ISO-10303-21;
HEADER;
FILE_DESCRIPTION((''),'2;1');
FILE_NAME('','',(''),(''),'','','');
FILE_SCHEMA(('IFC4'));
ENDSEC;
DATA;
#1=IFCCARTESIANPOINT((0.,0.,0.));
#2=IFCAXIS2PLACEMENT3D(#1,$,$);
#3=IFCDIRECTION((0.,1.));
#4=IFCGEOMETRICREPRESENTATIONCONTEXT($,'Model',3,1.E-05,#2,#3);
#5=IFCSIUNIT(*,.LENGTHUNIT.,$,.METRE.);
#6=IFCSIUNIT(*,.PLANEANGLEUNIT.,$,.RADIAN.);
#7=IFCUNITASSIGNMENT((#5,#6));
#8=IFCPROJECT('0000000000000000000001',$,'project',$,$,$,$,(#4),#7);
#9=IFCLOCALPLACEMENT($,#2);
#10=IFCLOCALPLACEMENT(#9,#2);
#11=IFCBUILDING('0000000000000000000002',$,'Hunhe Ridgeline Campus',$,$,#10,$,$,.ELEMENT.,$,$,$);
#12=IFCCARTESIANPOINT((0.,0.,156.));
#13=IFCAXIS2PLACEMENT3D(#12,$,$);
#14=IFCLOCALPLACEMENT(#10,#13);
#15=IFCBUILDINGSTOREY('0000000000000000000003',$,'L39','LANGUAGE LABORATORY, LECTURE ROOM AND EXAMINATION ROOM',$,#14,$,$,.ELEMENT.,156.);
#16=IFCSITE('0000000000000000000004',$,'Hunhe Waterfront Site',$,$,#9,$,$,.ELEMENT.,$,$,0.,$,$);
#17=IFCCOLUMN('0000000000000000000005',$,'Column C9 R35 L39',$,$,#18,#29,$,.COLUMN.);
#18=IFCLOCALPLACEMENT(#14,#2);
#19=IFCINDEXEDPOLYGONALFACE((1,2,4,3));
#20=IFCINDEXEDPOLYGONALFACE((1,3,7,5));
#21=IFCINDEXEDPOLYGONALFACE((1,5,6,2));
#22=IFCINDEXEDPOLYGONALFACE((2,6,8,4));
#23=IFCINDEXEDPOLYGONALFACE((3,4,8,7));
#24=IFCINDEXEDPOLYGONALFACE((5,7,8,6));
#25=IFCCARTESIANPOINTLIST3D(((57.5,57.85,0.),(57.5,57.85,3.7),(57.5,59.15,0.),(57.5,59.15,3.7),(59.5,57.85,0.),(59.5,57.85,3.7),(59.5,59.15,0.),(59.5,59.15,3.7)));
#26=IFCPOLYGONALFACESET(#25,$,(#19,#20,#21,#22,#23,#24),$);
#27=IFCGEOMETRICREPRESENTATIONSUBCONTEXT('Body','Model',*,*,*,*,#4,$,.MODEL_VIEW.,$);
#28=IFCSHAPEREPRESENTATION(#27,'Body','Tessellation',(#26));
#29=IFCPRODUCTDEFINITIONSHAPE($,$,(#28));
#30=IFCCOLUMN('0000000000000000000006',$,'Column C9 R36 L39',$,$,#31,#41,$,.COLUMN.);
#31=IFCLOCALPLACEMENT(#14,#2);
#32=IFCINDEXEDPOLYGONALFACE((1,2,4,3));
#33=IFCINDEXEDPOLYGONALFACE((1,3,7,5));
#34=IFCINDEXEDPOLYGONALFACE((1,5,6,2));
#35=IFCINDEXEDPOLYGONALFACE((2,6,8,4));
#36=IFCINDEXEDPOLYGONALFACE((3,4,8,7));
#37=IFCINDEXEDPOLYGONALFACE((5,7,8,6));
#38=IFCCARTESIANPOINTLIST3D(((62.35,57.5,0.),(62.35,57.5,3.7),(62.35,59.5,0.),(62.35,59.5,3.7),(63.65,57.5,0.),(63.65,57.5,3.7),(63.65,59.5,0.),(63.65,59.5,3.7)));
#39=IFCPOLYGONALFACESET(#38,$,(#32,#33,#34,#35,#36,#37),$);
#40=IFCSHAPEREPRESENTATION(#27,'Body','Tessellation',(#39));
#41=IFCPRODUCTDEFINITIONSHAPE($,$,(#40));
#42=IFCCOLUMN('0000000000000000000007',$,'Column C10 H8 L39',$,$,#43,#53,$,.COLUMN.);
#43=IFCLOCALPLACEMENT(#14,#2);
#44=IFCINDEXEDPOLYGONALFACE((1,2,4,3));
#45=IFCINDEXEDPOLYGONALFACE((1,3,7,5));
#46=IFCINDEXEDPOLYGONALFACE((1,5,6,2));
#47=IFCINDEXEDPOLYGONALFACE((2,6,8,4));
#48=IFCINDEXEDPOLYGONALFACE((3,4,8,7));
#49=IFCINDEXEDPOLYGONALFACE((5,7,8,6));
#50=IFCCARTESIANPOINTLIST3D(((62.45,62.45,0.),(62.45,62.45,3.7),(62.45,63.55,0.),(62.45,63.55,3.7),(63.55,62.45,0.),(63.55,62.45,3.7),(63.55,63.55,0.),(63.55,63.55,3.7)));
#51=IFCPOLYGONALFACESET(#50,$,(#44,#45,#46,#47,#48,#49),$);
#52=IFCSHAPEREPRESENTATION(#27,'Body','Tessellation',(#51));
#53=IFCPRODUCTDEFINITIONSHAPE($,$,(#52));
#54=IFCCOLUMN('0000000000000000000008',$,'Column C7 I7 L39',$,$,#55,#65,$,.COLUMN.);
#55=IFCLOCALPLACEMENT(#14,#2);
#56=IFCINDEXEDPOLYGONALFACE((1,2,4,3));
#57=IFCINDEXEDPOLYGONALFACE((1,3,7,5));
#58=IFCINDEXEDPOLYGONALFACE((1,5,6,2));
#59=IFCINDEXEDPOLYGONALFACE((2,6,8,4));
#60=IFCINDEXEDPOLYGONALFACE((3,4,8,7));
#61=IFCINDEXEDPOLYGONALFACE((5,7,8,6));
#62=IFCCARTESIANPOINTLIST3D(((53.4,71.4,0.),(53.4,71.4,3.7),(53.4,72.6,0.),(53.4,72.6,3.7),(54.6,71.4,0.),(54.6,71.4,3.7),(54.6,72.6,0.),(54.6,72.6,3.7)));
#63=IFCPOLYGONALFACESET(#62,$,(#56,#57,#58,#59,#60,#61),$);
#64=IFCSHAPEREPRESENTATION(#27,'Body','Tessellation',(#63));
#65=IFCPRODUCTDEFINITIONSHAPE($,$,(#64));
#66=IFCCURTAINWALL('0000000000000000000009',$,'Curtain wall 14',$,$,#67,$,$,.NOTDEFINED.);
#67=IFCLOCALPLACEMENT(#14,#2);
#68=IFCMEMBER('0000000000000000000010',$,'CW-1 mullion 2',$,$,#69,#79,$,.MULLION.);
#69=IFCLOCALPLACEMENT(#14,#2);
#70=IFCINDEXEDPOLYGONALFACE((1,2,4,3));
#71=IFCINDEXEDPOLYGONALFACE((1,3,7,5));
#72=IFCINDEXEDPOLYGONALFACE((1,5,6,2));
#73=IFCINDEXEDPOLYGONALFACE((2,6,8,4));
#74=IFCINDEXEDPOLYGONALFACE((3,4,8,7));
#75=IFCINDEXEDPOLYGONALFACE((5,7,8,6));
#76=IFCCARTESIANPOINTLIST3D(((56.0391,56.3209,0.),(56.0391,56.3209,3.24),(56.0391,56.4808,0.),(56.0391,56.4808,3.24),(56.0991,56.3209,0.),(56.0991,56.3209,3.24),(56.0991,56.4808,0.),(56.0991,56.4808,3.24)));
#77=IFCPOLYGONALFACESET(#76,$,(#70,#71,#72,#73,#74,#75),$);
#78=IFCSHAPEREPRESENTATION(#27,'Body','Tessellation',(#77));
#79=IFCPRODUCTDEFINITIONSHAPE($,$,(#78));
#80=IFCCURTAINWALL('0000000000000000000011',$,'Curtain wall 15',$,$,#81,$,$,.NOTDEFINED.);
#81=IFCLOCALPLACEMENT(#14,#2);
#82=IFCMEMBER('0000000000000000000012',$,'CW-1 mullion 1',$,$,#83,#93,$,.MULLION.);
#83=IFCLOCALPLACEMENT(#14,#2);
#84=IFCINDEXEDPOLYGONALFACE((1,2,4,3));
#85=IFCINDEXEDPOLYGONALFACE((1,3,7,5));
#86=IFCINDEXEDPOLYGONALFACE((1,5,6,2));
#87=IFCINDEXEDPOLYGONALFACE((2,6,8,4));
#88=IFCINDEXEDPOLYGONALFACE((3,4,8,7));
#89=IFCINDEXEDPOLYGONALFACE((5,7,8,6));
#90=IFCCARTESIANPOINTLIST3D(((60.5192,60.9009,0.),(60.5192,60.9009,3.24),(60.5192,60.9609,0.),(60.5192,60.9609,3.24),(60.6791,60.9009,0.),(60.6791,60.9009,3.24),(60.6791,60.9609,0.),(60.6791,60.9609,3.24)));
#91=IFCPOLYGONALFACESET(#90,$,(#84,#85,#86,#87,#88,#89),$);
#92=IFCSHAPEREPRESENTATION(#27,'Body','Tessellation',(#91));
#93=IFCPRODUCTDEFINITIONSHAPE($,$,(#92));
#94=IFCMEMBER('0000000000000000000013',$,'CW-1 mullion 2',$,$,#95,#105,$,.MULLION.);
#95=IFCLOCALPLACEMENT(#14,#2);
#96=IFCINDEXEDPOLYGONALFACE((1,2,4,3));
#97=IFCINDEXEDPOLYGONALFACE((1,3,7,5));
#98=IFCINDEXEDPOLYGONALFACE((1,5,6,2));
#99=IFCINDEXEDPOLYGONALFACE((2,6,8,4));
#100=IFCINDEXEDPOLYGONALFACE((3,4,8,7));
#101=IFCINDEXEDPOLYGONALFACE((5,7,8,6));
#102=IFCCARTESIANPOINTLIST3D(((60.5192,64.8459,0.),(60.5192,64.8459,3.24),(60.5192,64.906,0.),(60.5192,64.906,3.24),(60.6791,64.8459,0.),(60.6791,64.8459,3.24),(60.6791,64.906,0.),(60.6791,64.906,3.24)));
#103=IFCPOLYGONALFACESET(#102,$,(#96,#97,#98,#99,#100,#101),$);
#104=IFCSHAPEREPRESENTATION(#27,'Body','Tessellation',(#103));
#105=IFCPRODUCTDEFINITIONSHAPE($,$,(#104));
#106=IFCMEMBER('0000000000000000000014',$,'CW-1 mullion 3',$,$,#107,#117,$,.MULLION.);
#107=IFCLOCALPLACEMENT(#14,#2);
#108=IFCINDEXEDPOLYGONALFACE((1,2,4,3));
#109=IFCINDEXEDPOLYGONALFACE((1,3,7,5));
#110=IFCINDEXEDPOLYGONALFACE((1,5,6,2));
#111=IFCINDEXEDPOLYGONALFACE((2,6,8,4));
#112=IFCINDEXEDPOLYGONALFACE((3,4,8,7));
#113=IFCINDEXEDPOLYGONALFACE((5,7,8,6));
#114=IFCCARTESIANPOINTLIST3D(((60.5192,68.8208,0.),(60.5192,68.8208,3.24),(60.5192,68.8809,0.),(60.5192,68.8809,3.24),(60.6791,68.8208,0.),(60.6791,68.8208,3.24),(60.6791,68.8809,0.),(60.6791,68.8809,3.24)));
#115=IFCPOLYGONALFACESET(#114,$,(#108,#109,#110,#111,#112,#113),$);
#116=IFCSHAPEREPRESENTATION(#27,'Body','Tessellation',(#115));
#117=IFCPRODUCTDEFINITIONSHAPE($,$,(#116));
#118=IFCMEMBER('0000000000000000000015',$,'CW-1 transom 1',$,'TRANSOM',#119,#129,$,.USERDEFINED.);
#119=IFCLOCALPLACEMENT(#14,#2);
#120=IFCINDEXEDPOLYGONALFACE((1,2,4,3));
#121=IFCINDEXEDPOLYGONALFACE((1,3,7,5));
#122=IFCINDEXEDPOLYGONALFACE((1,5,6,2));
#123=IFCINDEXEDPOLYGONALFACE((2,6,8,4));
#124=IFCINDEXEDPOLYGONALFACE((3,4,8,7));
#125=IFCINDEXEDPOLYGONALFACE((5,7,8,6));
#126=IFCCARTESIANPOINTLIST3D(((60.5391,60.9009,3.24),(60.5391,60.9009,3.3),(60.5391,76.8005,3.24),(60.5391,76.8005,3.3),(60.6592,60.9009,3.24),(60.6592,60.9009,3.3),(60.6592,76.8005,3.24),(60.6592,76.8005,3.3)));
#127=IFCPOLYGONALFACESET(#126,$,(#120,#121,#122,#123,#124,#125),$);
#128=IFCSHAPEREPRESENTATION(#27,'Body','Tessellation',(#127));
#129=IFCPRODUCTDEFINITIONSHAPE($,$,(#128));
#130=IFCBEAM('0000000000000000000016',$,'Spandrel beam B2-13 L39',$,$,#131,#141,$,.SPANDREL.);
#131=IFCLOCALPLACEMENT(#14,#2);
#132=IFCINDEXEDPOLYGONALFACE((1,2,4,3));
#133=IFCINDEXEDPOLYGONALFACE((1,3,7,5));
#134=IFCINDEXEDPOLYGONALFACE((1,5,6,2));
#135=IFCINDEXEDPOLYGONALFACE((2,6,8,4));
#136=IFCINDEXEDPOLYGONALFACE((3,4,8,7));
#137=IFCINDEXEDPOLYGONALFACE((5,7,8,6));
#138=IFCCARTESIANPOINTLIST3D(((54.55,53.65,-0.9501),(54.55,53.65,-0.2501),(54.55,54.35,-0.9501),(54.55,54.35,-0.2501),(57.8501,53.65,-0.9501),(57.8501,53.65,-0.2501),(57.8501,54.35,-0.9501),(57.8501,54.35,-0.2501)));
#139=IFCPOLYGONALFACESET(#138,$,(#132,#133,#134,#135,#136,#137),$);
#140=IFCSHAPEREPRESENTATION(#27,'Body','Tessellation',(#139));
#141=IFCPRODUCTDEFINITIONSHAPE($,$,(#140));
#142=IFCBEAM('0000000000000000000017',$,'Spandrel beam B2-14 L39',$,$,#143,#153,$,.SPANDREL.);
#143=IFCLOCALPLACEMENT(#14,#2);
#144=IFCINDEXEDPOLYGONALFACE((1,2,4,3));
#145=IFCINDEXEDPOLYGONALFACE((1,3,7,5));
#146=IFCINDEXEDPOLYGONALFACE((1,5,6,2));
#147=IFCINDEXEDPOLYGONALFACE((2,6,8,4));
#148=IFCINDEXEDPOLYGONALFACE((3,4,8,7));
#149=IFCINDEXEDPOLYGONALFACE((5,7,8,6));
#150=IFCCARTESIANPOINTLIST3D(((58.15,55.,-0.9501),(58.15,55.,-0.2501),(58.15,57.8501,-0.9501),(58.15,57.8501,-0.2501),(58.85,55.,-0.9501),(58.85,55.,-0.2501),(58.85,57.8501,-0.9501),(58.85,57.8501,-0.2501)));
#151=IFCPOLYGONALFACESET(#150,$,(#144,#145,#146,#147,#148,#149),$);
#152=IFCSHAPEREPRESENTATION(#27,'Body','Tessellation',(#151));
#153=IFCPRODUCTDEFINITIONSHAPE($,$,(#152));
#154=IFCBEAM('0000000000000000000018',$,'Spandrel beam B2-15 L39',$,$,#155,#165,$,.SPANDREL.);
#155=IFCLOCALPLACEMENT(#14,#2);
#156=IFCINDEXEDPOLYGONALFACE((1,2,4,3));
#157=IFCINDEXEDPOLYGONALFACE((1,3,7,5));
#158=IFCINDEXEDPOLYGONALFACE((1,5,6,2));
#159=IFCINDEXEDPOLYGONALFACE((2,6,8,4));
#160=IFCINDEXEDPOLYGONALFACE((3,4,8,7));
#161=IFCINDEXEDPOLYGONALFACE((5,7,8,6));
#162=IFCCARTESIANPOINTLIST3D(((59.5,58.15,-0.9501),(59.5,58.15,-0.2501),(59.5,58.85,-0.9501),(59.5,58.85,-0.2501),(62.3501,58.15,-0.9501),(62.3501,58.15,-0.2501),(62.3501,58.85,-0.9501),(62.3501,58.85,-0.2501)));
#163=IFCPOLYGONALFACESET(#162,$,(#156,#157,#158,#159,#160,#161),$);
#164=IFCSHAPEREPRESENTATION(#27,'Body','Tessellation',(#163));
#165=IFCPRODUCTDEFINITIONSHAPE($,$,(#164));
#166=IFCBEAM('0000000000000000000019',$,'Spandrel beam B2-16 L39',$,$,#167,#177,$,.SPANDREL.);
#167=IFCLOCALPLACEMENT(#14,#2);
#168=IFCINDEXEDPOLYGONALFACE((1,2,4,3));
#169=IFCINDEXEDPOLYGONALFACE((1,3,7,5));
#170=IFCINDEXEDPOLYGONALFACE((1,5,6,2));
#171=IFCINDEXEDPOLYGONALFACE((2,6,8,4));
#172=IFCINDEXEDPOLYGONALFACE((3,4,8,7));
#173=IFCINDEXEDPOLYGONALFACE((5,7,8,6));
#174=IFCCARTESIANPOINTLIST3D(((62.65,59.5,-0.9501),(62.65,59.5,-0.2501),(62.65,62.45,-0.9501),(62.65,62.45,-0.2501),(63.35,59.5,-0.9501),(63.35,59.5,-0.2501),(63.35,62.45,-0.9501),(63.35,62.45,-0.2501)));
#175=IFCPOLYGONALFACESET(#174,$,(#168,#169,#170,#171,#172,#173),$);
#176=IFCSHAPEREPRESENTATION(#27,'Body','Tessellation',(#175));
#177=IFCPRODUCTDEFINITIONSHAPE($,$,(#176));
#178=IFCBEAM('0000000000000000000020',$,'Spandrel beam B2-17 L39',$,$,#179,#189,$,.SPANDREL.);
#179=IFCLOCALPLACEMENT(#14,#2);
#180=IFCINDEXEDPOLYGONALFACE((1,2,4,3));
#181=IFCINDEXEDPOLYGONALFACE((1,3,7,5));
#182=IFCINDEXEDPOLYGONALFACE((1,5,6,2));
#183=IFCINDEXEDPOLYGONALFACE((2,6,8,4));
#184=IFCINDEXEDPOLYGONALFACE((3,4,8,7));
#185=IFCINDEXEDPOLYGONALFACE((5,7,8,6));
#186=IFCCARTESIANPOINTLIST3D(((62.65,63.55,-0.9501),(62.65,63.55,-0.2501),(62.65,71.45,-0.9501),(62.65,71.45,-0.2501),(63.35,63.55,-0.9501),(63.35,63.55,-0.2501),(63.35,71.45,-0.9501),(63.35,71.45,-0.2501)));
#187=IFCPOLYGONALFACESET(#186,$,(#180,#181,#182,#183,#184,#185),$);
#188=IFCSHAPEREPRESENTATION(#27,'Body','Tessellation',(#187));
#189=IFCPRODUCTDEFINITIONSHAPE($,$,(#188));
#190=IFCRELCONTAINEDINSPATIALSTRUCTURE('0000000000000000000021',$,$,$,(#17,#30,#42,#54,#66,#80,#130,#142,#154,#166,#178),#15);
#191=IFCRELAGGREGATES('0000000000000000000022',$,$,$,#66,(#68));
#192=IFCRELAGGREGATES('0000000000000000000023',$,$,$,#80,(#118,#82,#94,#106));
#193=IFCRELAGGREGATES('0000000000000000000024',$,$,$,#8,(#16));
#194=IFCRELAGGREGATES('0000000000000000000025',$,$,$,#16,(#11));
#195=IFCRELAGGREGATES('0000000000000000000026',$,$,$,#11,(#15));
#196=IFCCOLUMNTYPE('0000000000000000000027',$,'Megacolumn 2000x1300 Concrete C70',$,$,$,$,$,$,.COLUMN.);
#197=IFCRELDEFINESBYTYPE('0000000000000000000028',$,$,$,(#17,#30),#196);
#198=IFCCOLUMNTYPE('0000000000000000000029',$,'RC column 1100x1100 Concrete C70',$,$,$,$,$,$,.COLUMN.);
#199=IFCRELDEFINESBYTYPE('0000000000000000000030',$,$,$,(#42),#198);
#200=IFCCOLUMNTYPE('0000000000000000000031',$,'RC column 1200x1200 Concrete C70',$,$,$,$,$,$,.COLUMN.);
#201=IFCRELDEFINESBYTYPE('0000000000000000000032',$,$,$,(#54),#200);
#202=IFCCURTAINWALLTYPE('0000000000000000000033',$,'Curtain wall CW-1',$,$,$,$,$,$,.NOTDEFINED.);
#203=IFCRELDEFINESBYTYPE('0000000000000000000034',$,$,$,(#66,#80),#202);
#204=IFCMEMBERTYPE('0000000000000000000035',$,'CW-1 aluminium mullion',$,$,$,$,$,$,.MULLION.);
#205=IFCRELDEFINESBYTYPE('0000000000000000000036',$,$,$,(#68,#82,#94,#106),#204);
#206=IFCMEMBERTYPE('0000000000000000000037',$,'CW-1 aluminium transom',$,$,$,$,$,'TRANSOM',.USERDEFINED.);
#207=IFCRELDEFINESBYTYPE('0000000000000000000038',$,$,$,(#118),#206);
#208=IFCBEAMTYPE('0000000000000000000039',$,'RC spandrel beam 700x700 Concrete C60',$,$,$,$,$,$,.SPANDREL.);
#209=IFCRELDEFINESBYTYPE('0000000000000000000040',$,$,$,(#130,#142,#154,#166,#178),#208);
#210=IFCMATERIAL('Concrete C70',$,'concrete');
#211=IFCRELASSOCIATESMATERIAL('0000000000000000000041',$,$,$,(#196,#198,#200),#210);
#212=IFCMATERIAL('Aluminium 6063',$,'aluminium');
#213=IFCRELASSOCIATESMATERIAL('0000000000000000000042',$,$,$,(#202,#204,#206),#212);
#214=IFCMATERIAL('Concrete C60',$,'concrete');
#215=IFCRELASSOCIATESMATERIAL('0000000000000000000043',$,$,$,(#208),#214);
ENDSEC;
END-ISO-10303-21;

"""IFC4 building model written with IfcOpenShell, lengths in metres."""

from ifc_helpers import new_model, si_unit, direction, frame, origin, origin_2d, place, context, subcontext, project, spatial, rectangle, extrude, material, material_profile, profile_set, type_object, element, aggregate, save


model = new_model("IFC4")

# Units and contexts
model_context = context("Model", 3, precision=1e-05, world=origin(), true_north=direction((0.0, 1.0)))
body_context = subcontext(model_context, "Body", "Model", "MODEL_VIEW")
ifc_project = project(units=[si_unit("LENGTHUNIT", "METRE"), si_unit("PLANEANGLEUNIT", "RADIAN")], contexts=[model_context])

# Site, building, storey
site_placement = place(None, origin())
site = spatial("IfcSite", under=ifc_project, at=site_placement, Name="Hunhe Waterfront Site", CompositionType="ELEMENT", RefElevation=0.0)
building_placement = place(site_placement, origin())
building = spatial("IfcBuilding", under=site, at=building_placement, Name="Hunhe Ridgeline Campus", CompositionType="ELEMENT")
storey_placement = place(building_placement, frame((0.0, 0.0, 156.0)))
storey = spatial("IfcBuildingStorey", under=building, at=storey_placement, Name="L39", Description="LANGUAGE LABORATORY, LECTURE ROOM AND EXAMINATION ROOM", CompositionType="ELEMENT", Elevation=156.0)

# Columns
ifc_material_1 = material(Name="Concrete C70", Category="concrete")
ifc_material_profile_1 = material_profile(ifc_material_1, rectangle(XDim=2.0, YDim=1.3, at=origin_2d()))
ifc_profile_set_1 = profile_set([ifc_material_profile_1], Name="Concrete C70")
column_type_1 = type_object("IfcColumnType", Name="Megacolumn 2000x1300 Concrete C70", PredefinedType="COLUMN", material=ifc_profile_set_1)
for number, where, z_axis, x_axis, name in (
    (1, (58.5, 58.5, 0.0), (0.0, 0.0, 1.0), (1.0, 0.0, 0.0), "Column C9 R35 L39"),
    (2, (63.0, 58.5, 0.0), (0.0, 0.0, 1.0), (0.0, 1.0, 0.0), "Column C9 R36 L39"),
):
    element("IfcColumn", number, at=place(storey_placement, frame(where, z_axis=z_axis, x_axis=x_axis)), inside=storey, type_object=column_type_1, Name=name, PredefinedType="COLUMN", context=body_context, shape_type="SweptSolid", body=[
        extrude(rectangle(XDim=2.0, YDim=1.3, at=origin_2d()), origin(), (0.0, 0.0, 1.0), 3.7),
    ])
ifc_material_profile_2 = material_profile(ifc_material_1, rectangle(XDim=1.1001, YDim=1.1001, at=origin_2d()))
ifc_profile_set_2 = profile_set([ifc_material_profile_2], Name="Concrete C70")
column_type_2 = type_object("IfcColumnType", Name="RC column 1100x1100 Concrete C70", PredefinedType="COLUMN", material=ifc_profile_set_2)
column_1_placement = place(storey_placement, frame((63.0, 63.0, 0.0), z_axis=(0.0, 0.0, 1.0), x_axis=(1.0, 0.0, 0.0)))
element("IfcColumn", 3, at=column_1_placement, inside=storey, type_object=column_type_2, Name="Column C10 H8 L39", PredefinedType="COLUMN", context=body_context, shape_type="SweptSolid", body=[
    extrude(rectangle(XDim=1.1001, YDim=1.1001, at=origin_2d()), origin(), (0.0, 0.0, 1.0), 3.7),
])
ifc_material_profile_3 = material_profile(ifc_material_1, rectangle(XDim=1.2, YDim=1.2, at=origin_2d()))
ifc_profile_set_3 = profile_set([ifc_material_profile_3], Name="Concrete C70")
column_type_3 = type_object("IfcColumnType", Name="RC column 1200x1200 Concrete C70", PredefinedType="COLUMN", material=ifc_profile_set_3)
column_2_placement = place(storey_placement, frame((54.0, 72.0, 0.0), z_axis=(0.0, 0.0, 1.0), x_axis=(1.0, 0.0, 0.0)))
element("IfcColumn", 4, at=column_2_placement, inside=storey, type_object=column_type_3, Name="Column C7 I7 L39", PredefinedType="COLUMN", context=body_context, shape_type="SweptSolid", body=[
    extrude(rectangle(XDim=1.2, YDim=1.2, at=origin_2d()), origin(), (0.0, 0.0, 1.0), 3.7),
])

# Curtain wall, member
ifc_material_2 = material(Name="Aluminium 6063", Category="aluminium")
curtain_wall_type = type_object("IfcCurtainWallType", Name="Curtain wall CW-1", PredefinedType="NOTDEFINED", material=ifc_material_2)
curtain_wall_1_placement = place(storey_placement, origin())
curtain_wall_1 = element("IfcCurtainWall", 5, at=curtain_wall_1_placement, inside=storey, type_object=curtain_wall_type, Name="Curtain wall 14", PredefinedType="NOTDEFINED")
ifc_material_profile_4 = material_profile(ifc_material_2, rectangle(XDim=0.1599, YDim=0.0601, at=origin_2d()))
ifc_profile_set_4 = profile_set([ifc_material_profile_4], Name="Aluminium 6063")
member_type_1 = type_object("IfcMemberType", Name="CW-1 aluminium mullion", PredefinedType="MULLION", material=ifc_profile_set_4)
member_1_placement = place(storey_placement, frame((56.0691, 56.4009, 0.0), z_axis=(0.0, 0.0, 1.0), x_axis=(-0.000002, 1.0, 0.0)))
member_1 = element("IfcMember", 6, at=member_1_placement, type_object=member_type_1, Name="CW-1 mullion 2", PredefinedType="MULLION", context=body_context, shape_type="SweptSolid", body=[
    extrude(rectangle(XDim=0.1599, YDim=0.0601, at=origin_2d()), origin(), (0.0, 0.0, 1.0), 3.24),
])
aggregate(curtain_wall_1, [member_1])

# Curtain wall, members
curtain_wall_2_placement = place(storey_placement, origin())
curtain_wall_2 = element("IfcCurtainWall", 7, at=curtain_wall_2_placement, inside=storey, type_object=curtain_wall_type, Name="Curtain wall 15", PredefinedType="NOTDEFINED")
member_2_placement = place(storey_placement, frame((60.5991, 60.9309, 0.0), z_axis=(0.0, 0.0, 1.0), x_axis=(-1.0, 0.0, 0.0)))
member_2 = element("IfcMember", 8, at=member_2_placement, type_object=member_type_1, Name="CW-1 mullion 1", PredefinedType="MULLION", context=body_context, shape_type="SweptSolid", body=[
    extrude(rectangle(XDim=0.1599, YDim=0.0601, at=origin_2d()), origin(), (0.0, 0.0, 1.0), 3.24),
])
member_3_placement = place(storey_placement, frame((60.5991, 64.876, 0.0), z_axis=(0.0, 0.0, 1.0), x_axis=(-1.0, 0.0, 0.0)))
member_3 = element("IfcMember", 9, at=member_3_placement, type_object=member_type_1, Name="CW-1 mullion 2", PredefinedType="MULLION", context=body_context, shape_type="SweptSolid", body=[
    extrude(rectangle(XDim=0.1599, YDim=0.0601, at=origin_2d()), origin(), (0.0, 0.0, 1.0), 3.24),
])
member_4_placement = place(storey_placement, frame((60.5991, 68.8508, 0.0), z_axis=(0.0, 0.0, 1.0), x_axis=(-1.0, 0.0, 0.0)))
member_4 = element("IfcMember", 10, at=member_4_placement, type_object=member_type_1, Name="CW-1 mullion 3", PredefinedType="MULLION", context=body_context, shape_type="SweptSolid", body=[
    extrude(rectangle(XDim=0.1599, YDim=0.0601, at=origin_2d()), origin(), (0.0, 0.0, 1.0), 3.24),
])
ifc_material_profile_5 = material_profile(ifc_material_2, rectangle(XDim=0.1201, YDim=0.0601, at=origin_2d()))
ifc_profile_set_5 = profile_set([ifc_material_profile_5], Name="Aluminium 6063")
member_type_2 = type_object("IfcMemberType", Name="CW-1 aluminium transom", ElementType="TRANSOM", PredefinedType="USERDEFINED", material=ifc_profile_set_5)
member_5_placement = place(storey_placement, frame((60.5991, 60.9009, 3.27), z_axis=(0.0, 1.0, 0.0), x_axis=(-1.0, 0.0, 0.0)))
member_5 = element("IfcMember", 11, at=member_5_placement, type_object=member_type_2, Name="CW-1 transom 1", ObjectType="TRANSOM", PredefinedType="USERDEFINED", context=body_context, shape_type="SweptSolid", body=[
    extrude(rectangle(XDim=0.1201, YDim=0.0601, at=origin_2d()), origin(), (0.0, 0.0, 1.0), 15.8997),
])

# Beams
ifc_material_3 = material(Name="Concrete C60", Category="concrete")
ifc_material_profile_6 = material_profile(ifc_material_3, rectangle(XDim=0.7, YDim=0.7, at=origin_2d()))
ifc_profile_set_6 = profile_set([ifc_material_profile_6], Name="Concrete C60")
beam_type = type_object("IfcBeamType", Name="RC spandrel beam 700x700 Concrete C60", PredefinedType="SPANDREL", material=ifc_profile_set_6)
beam_1_placement = place(storey_placement, frame((54.55, 54.0, -0.6001), z_axis=(1.0, 0.0, 0.0), x_axis=(0.0, 1.0, 0.0)))
element("IfcBeam", 12, at=beam_1_placement, inside=storey, type_object=beam_type, Name="Spandrel beam B2-13 L39", PredefinedType="SPANDREL", context=body_context, shape_type="SweptSolid", body=[
    extrude(rectangle(XDim=0.7, YDim=0.7, at=origin_2d()), origin(), (0.0, 0.0, 1.0), 3.3),
])
for number, where, z_axis, x_axis, name in (
    (13, (58.5, 55.0, -0.6001), (0.0, 1.0, 0.0), (-1.0, 0.0, 0.0), "Spandrel beam B2-14 L39"),
    (14, (59.5, 58.5, -0.6001), (1.0, 0.0, 0.0), (0.0, 1.0, 0.0), "Spandrel beam B2-15 L39"),
):
    element("IfcBeam", number, at=place(storey_placement, frame(where, z_axis=z_axis, x_axis=x_axis)), inside=storey, type_object=beam_type, Name=name, PredefinedType="SPANDREL", context=body_context, shape_type="SweptSolid", body=[
        extrude(rectangle(XDim=0.7, YDim=0.7, at=origin_2d()), origin(), (0.0, 0.0, 1.0), 2.8501),
    ])
beam_2_placement = place(storey_placement, frame((63.0, 59.5, -0.6001), z_axis=(0.0, 1.0, 0.0), x_axis=(-1.0, 0.0, 0.0)))
element("IfcBeam", 15, at=beam_2_placement, inside=storey, type_object=beam_type, Name="Spandrel beam B2-16 L39", PredefinedType="SPANDREL", context=body_context, shape_type="SweptSolid", body=[
    extrude(rectangle(XDim=0.7, YDim=0.7, at=origin_2d()), origin(), (0.0, 0.0, 1.0), 2.95),
])
beam_3_placement = place(storey_placement, frame((63.0, 63.55, -0.6001), z_axis=(0.0, 1.0, 0.0), x_axis=(-1.0, 0.0, 0.0)))
element("IfcBeam", 16, at=beam_3_placement, inside=storey, type_object=beam_type, Name="Spandrel beam B2-17 L39", PredefinedType="SPANDREL", context=body_context, shape_type="SweptSolid", body=[
    extrude(rectangle(XDim=0.7, YDim=0.7, at=origin_2d()), origin(), (0.0, 0.0, 1.0), 7.8999),
])

aggregate(curtain_wall_2, [member_5, member_2, member_3, member_4])

save(model, "model.ifc")
